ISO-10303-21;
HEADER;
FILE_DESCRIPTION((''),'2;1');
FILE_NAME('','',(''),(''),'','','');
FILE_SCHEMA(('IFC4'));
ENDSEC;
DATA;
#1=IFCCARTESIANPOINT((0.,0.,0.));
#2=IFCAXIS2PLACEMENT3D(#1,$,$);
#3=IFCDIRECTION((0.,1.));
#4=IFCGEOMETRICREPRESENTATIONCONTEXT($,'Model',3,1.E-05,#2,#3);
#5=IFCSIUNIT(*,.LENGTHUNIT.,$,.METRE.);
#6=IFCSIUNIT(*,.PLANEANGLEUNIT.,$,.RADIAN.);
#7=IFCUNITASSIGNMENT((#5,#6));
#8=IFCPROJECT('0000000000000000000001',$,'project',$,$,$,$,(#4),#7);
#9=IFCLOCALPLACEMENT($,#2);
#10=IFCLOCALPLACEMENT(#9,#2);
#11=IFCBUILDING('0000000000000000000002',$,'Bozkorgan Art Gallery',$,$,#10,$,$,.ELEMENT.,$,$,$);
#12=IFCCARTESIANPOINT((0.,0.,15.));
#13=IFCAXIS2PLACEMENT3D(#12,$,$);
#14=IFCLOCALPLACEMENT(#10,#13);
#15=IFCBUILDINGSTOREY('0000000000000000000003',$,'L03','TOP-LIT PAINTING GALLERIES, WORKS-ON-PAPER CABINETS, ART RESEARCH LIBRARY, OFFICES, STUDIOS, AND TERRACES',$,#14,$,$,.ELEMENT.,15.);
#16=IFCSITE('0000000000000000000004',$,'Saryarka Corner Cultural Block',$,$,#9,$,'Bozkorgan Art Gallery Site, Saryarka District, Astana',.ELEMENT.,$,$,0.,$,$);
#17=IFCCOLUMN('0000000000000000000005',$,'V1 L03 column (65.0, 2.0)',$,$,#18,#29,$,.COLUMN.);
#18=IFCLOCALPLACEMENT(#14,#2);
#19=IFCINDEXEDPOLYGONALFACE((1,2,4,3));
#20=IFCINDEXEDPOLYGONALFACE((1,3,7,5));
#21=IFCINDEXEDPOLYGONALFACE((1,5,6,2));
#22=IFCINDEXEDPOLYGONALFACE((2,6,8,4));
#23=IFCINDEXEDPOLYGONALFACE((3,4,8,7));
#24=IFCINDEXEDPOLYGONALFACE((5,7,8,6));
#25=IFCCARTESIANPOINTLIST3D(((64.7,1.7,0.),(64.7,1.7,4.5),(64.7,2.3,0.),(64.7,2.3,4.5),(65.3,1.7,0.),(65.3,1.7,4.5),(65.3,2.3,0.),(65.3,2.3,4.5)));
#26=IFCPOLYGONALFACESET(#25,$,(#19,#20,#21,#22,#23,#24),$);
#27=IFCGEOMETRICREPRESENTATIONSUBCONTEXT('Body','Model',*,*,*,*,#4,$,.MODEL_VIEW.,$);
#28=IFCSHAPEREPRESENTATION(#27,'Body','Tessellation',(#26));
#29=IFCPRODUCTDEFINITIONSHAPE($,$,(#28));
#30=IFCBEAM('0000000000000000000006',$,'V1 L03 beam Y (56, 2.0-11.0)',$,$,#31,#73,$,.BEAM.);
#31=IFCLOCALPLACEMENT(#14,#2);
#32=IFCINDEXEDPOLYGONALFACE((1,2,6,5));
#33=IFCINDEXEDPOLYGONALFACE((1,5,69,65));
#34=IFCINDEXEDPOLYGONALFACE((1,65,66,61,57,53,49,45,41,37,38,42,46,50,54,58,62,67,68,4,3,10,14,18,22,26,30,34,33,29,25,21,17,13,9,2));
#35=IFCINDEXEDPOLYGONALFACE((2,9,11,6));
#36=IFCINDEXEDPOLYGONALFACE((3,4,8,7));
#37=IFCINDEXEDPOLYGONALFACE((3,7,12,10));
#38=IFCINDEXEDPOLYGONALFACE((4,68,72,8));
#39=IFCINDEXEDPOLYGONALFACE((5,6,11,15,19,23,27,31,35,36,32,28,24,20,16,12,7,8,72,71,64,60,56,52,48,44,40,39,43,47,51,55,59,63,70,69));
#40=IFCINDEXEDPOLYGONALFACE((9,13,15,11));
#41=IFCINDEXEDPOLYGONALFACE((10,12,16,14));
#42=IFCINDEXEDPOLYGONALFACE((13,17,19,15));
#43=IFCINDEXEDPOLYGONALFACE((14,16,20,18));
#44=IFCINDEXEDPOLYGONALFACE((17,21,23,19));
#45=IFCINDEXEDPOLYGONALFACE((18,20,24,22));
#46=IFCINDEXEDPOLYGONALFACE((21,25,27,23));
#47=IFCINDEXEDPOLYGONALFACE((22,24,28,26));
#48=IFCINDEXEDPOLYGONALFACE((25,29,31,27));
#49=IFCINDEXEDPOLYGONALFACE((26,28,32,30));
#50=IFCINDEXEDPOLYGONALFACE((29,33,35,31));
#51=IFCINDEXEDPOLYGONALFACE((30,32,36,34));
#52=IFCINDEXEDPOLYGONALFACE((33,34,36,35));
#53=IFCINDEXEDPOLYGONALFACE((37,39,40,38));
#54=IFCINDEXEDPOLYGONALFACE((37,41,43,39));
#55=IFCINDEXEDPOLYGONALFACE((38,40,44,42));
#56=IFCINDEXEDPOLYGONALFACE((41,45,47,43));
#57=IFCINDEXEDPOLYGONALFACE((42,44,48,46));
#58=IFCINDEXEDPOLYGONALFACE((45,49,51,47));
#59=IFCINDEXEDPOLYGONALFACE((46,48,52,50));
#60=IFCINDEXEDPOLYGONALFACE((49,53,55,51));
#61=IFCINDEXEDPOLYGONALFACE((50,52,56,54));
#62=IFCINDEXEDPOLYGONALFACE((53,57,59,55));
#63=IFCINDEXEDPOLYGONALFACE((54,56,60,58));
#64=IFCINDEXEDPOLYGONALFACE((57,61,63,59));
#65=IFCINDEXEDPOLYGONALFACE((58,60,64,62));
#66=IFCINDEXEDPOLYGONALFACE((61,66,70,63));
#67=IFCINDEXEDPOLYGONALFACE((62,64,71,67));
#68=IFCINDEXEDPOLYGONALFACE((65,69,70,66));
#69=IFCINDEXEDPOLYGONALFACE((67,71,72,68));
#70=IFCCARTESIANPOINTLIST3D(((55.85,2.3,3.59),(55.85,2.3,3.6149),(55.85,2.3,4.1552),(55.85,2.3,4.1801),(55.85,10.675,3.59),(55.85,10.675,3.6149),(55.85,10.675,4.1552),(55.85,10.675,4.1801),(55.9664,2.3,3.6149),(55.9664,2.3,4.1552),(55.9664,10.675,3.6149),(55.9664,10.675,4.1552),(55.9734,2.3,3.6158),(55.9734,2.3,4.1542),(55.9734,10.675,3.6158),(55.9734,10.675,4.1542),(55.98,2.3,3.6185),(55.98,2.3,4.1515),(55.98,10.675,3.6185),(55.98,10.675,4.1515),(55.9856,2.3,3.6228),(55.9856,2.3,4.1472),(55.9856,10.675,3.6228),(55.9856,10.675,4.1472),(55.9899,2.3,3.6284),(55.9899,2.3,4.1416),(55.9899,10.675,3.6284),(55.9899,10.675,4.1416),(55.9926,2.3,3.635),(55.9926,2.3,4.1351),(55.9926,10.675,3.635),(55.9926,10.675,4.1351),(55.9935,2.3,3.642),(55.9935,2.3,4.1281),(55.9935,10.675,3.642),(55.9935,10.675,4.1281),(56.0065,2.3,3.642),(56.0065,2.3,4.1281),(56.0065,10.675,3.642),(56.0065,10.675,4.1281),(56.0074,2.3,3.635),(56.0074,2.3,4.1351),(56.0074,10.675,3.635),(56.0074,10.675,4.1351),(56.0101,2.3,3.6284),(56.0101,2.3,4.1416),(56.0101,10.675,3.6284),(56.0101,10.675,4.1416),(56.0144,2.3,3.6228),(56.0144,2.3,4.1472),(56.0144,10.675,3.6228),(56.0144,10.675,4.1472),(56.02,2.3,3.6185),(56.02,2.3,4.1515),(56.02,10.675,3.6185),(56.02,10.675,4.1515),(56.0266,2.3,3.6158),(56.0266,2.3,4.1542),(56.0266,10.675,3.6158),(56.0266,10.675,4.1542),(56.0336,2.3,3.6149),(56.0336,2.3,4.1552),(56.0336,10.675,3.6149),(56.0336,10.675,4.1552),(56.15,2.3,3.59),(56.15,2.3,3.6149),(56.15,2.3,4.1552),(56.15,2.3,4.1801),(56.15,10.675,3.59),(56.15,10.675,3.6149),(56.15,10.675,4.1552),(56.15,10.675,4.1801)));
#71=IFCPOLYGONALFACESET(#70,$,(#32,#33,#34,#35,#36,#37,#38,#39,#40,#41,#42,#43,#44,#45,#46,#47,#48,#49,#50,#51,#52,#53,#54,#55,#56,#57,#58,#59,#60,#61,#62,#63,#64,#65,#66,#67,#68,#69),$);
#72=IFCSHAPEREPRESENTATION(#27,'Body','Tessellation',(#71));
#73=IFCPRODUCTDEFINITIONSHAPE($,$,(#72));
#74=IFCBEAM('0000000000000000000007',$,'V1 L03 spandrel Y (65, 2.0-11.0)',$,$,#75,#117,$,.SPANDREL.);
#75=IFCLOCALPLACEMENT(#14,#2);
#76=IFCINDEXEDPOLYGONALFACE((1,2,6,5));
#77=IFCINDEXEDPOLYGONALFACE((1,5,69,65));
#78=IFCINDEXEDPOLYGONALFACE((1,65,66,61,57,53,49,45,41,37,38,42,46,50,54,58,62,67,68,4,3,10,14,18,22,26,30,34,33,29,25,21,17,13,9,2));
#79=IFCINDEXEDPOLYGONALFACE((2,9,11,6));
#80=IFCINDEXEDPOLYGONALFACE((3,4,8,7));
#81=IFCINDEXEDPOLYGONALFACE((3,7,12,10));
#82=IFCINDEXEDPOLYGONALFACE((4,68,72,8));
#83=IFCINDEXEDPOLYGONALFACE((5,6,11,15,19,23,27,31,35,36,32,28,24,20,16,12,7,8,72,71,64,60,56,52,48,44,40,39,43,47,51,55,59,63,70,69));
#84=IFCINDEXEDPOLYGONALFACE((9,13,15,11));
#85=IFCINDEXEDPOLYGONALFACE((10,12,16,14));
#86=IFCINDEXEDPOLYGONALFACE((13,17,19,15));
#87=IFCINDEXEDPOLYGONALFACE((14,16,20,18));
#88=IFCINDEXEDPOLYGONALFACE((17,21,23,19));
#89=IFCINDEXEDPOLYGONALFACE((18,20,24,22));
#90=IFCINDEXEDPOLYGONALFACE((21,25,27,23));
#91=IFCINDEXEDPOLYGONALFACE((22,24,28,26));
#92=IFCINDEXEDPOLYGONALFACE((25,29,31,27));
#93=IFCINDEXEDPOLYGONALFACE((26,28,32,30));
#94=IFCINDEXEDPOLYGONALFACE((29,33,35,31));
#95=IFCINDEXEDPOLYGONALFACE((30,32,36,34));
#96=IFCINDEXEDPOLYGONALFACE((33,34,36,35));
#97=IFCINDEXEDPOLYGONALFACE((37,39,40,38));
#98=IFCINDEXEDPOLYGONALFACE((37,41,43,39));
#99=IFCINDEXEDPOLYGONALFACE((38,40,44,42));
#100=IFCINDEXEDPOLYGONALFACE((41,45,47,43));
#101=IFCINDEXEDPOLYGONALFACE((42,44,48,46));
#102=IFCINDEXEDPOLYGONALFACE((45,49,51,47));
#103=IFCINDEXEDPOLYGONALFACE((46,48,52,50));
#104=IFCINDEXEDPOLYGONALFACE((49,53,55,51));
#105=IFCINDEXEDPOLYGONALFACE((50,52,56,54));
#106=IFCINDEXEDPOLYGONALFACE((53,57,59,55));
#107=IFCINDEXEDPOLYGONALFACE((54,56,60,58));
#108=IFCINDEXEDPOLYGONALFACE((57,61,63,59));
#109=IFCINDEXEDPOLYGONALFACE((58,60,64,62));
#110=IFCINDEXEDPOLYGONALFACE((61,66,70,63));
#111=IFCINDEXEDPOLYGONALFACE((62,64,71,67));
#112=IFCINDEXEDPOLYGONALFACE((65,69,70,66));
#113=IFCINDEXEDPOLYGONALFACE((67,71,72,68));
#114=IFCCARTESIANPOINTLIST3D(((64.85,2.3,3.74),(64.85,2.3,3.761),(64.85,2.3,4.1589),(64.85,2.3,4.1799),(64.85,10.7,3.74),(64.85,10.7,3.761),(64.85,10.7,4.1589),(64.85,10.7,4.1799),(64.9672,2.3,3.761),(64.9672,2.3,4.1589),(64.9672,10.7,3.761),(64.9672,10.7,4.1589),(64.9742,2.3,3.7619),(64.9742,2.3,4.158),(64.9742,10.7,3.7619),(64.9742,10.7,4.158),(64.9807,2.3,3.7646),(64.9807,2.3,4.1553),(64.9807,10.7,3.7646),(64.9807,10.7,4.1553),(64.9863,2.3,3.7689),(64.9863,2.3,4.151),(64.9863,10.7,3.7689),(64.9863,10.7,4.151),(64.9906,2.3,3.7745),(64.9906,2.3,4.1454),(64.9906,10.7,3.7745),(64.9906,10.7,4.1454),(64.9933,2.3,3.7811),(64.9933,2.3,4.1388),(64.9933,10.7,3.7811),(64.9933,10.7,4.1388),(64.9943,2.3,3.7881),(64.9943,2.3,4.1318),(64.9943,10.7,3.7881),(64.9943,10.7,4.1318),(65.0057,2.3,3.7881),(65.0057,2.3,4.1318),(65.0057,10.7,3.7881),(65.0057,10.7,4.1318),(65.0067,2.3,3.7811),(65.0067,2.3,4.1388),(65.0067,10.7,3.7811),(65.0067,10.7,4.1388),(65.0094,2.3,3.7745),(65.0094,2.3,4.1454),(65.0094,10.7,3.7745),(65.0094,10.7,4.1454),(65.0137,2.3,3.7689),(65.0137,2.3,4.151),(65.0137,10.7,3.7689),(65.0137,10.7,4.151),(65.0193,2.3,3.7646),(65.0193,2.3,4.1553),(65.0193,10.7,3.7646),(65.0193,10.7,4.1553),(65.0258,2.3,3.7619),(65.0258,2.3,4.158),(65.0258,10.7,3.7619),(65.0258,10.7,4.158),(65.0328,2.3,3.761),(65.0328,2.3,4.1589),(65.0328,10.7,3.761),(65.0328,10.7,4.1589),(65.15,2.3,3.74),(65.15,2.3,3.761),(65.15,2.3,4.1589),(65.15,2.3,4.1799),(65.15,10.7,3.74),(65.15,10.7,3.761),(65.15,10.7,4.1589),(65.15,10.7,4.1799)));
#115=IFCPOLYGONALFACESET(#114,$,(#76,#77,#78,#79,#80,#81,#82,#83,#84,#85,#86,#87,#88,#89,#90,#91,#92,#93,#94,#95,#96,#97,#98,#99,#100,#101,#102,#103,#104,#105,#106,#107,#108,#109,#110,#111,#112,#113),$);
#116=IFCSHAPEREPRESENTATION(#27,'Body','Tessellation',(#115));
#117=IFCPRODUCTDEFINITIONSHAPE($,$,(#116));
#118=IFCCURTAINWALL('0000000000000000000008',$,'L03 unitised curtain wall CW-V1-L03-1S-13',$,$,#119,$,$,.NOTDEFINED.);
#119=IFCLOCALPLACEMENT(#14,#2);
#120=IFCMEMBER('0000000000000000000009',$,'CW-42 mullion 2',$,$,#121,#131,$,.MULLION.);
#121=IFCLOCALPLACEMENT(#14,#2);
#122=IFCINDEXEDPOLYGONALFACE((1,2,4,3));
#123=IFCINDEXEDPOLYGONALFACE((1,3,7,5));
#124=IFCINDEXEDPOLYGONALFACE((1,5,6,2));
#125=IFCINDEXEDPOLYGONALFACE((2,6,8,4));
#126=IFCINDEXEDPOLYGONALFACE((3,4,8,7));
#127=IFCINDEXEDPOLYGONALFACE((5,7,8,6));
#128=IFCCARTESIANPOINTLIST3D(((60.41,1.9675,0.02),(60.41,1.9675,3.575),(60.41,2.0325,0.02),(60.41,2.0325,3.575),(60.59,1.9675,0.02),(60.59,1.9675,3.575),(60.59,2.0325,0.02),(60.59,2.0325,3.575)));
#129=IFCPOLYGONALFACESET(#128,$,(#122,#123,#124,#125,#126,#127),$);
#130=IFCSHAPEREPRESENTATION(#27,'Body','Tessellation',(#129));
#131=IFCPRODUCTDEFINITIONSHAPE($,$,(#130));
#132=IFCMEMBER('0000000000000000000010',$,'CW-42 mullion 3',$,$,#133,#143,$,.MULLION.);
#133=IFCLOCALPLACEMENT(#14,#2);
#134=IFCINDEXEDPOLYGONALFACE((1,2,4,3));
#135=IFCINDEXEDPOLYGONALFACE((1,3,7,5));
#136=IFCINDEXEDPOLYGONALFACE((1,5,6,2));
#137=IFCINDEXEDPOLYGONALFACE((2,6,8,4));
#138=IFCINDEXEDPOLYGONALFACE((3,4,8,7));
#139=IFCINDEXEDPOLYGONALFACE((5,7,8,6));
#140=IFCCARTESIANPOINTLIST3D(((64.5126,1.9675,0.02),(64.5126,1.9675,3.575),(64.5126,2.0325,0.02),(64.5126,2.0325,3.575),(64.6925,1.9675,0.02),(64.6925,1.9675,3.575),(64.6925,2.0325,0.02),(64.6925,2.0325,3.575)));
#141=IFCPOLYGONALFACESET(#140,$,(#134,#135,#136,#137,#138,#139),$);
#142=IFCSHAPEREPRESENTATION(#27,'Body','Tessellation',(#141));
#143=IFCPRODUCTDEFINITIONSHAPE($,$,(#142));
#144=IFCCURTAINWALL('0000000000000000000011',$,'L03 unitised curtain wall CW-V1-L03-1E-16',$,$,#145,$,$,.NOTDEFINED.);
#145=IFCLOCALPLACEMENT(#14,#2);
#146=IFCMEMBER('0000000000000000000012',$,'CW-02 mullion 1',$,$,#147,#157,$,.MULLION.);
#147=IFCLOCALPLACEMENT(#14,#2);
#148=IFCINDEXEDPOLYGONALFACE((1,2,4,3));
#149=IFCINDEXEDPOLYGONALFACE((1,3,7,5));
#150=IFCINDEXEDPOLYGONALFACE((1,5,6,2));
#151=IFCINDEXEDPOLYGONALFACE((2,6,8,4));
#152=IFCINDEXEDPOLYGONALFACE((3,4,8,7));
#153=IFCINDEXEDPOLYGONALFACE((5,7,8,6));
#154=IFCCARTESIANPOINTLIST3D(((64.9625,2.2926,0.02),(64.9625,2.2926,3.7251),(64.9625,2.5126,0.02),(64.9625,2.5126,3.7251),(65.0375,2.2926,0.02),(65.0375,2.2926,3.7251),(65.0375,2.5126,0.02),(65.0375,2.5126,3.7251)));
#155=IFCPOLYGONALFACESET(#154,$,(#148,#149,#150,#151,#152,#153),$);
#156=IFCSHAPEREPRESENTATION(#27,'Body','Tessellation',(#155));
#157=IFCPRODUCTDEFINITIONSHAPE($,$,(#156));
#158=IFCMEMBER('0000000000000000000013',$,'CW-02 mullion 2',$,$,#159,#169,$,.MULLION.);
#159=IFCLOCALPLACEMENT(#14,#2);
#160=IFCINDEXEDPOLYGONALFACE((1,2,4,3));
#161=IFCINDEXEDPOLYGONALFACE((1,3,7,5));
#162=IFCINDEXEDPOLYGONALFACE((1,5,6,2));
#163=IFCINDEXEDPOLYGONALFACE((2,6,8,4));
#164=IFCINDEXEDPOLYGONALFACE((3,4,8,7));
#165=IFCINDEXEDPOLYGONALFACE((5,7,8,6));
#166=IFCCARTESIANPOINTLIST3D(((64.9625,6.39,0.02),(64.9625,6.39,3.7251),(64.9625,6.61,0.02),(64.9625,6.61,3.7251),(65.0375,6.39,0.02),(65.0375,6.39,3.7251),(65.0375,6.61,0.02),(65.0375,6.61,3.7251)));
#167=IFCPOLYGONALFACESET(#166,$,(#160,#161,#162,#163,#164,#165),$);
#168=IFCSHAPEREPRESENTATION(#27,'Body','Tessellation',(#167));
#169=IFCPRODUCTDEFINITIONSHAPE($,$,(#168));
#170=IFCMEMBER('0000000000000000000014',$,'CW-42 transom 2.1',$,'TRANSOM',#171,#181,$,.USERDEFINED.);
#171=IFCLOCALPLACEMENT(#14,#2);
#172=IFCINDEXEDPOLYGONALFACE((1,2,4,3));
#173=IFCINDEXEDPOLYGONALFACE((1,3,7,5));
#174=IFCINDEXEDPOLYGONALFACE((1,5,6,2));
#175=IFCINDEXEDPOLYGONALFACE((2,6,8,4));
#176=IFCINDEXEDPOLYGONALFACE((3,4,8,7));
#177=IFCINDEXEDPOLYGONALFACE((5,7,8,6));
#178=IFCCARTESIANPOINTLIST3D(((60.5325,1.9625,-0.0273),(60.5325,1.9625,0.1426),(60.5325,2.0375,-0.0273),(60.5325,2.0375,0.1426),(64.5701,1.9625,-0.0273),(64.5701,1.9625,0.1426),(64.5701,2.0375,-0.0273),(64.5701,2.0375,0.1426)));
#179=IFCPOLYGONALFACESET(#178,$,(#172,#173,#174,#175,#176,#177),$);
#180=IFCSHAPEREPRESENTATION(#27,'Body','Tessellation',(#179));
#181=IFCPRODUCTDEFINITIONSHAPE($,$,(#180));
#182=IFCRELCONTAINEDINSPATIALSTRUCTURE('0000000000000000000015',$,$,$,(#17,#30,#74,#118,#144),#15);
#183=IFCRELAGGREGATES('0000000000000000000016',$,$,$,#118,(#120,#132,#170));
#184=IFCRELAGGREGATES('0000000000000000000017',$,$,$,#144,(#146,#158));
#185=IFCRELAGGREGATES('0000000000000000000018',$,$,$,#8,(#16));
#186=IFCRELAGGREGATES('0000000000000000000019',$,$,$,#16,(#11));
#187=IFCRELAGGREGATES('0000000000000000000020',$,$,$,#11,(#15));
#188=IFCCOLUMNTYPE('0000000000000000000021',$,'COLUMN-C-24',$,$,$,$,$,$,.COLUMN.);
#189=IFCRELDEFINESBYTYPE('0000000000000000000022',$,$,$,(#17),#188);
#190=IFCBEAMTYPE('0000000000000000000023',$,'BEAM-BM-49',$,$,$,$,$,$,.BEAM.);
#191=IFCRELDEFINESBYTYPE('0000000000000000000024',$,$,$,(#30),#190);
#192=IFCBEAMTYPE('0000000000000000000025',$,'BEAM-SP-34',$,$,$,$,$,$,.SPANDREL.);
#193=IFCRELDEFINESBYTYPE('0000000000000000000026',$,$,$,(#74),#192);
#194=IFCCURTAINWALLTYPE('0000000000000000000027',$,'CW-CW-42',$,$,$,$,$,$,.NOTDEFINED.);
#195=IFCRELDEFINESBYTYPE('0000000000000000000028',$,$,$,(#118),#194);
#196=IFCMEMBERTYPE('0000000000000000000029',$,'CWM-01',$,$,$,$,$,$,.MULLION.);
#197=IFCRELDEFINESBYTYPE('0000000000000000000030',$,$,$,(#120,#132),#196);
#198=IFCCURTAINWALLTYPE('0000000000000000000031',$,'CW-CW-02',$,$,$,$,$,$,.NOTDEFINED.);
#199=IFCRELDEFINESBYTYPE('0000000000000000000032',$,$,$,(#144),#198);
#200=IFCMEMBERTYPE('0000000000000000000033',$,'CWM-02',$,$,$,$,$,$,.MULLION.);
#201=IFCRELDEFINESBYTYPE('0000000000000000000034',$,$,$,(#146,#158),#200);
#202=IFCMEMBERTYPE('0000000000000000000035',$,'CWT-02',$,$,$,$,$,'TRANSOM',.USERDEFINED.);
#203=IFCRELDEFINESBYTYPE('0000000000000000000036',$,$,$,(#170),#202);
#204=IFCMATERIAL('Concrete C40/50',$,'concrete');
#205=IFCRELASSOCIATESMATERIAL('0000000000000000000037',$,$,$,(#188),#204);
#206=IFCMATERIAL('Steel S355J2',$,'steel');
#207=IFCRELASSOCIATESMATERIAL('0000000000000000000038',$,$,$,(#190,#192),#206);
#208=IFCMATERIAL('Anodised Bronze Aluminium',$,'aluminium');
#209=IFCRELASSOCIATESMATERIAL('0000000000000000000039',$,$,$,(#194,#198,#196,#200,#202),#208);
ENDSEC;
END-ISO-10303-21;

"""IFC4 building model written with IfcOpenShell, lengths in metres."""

from ifc_helpers import new_model, si_unit, direction, frame, origin, origin_2d, place, context, subcontext, project, spatial, rectangle, i_section, extrude, material, material_profile, profile_set, type_object, element, aggregate, save


model = new_model("IFC4")

# Units and contexts
model_context = context("Model", 3, precision=1e-05, world=origin(), true_north=direction((0.0, 1.0)))
body_context = subcontext(model_context, "Body", "Model", "MODEL_VIEW")
ifc_project = project(units=[si_unit("LENGTHUNIT", "METRE"), si_unit("PLANEANGLEUNIT", "RADIAN")], contexts=[model_context])

# Site, building, storey
site_placement = place(None, origin())
site = spatial("IfcSite", under=ifc_project, at=site_placement, Name="Saryarka Corner Cultural Block", LongName="Bozkorgan Art Gallery Site, Saryarka District, Astana", CompositionType="ELEMENT", RefElevation=0.0)
building_placement = place(site_placement, origin())
building = spatial("IfcBuilding", under=site, at=building_placement, Name="Bozkorgan Art Gallery", CompositionType="ELEMENT")
storey_placement = place(building_placement, frame((0.0, 0.0, 15.0)))
storey = spatial("IfcBuildingStorey", under=building, at=storey_placement, Name="L03", Description="TOP-LIT PAINTING GALLERIES, WORKS-ON-PAPER CABINETS, ART RESEARCH LIBRARY, OFFICES, STUDIOS, AND TERRACES", CompositionType="ELEMENT", Elevation=15.0)

# Column
ifc_material_1 = material(Name="Concrete C40/50", Category="concrete")
ifc_material_profile_1 = material_profile(ifc_material_1, rectangle(XDim=0.6001, YDim=0.6001, at=origin_2d()), Name="RC 600x600")
ifc_profile_set_1 = profile_set([ifc_material_profile_1], Name="Concrete C40/50")
column_type = type_object("IfcColumnType", Name="COLUMN-C-24", PredefinedType="COLUMN", material=ifc_profile_set_1)
column_placement = place(storey_placement, frame((65.0, 2.0, 0.0), z_axis=(0.0, 0.0, 1.0), x_axis=(1.0, 0.0, 0.0)))
element("IfcColumn", 1, at=column_placement, inside=storey, type_object=column_type, Name="V1 L03 column (65.0, 2.0)", PredefinedType="COLUMN", context=body_context, shape_type="SweptSolid", body=[
    extrude(rectangle(XDim=0.6001, YDim=0.6001, at=origin_2d()), origin(), (0.0, 0.0, 1.0), 4.5),
])

# Beams
ifc_material_2 = material(Name="Steel S355J2", Category="steel")
ifc_material_profile_2 = material_profile(ifc_material_2, i_section(OverallWidth=0.3, OverallDepth=0.5901, WebThickness=0.0129, FlangeThickness=0.0249, FilletRadius=0.0271, at=origin_2d()), Name="HEA 600")
ifc_profile_set_2 = profile_set([ifc_material_profile_2], Name="Steel S355J2")
beam_type_1 = type_object("IfcBeamType", Name="BEAM-BM-49", PredefinedType="BEAM", material=ifc_profile_set_2)
beam_1_placement = place(storey_placement, frame((56.0, 2.3, 3.885), z_axis=(0.0, 1.0, 0.0), x_axis=(-1.0, 0.0, 0.0)))
element("IfcBeam", 2, at=beam_1_placement, inside=storey, type_object=beam_type_1, Name="V1 L03 beam Y (56, 2.0-11.0)", PredefinedType="BEAM", context=body_context, shape_type="SweptSolid", body=[
    extrude(i_section(OverallWidth=0.3, OverallDepth=0.5901, WebThickness=0.0129, FlangeThickness=0.0249, FilletRadius=0.0271, at=origin_2d()), origin(), (0.0, 0.0, 1.0), 8.375),
])
ifc_material_profile_3 = material_profile(ifc_material_2, i_section(OverallWidth=0.3, OverallDepth=0.4399, WebThickness=0.0115, FlangeThickness=0.021, FilletRadius=0.0271, at=origin_2d()), Name="HEA 450")
ifc_profile_set_3 = profile_set([ifc_material_profile_3], Name="Steel S355J2")
beam_type_2 = type_object("IfcBeamType", Name="BEAM-SP-34", PredefinedType="SPANDREL", material=ifc_profile_set_3)
beam_2_placement = place(storey_placement, frame((65.0, 2.3, 3.96), z_axis=(0.0, 1.0, 0.0), x_axis=(-1.0, 0.0, 0.0)))
element("IfcBeam", 3, at=beam_2_placement, inside=storey, type_object=beam_type_2, Name="V1 L03 spandrel Y (65, 2.0-11.0)", PredefinedType="SPANDREL", context=body_context, shape_type="SweptSolid", body=[
    extrude(i_section(OverallWidth=0.3, OverallDepth=0.4399, WebThickness=0.0115, FlangeThickness=0.021, FilletRadius=0.0271, at=origin_2d()), origin(), (0.0, 0.0, 1.0), 8.3999),
])

# Curtain walls, members
ifc_material_3 = material(Name="Anodised Bronze Aluminium", Category="aluminium")
curtain_wall_type_1 = type_object("IfcCurtainWallType", Name="CW-CW-42", PredefinedType="NOTDEFINED", material=ifc_material_3)
curtain_wall_1_placement = place(storey_placement, origin())
curtain_wall_1 = element("IfcCurtainWall", 4, at=curtain_wall_1_placement, inside=storey, type_object=curtain_wall_type_1, Name="L03 unitised curtain wall CW-V1-L03-1S-13", PredefinedType="NOTDEFINED")
ifc_material_profile_4 = material_profile(ifc_material_3, rectangle(XDim=0.0649, YDim=0.1799, at=origin_2d()), Name="ALU MULLION 65x180")
ifc_profile_set_4 = profile_set([ifc_material_profile_4], Name="Anodised Bronze Aluminium")
member_type_1 = type_object("IfcMemberType", Name="CWM-01", PredefinedType="MULLION", material=ifc_profile_set_4)
member_1_placement = place(storey_placement, frame((60.5, 2.0, 0.02), z_axis=(0.0, 0.0, 1.0), x_axis=(0.0, 1.0, 0.0)))
member_1 = element("IfcMember", 5, at=member_1_placement, type_object=member_type_1, Name="CW-42 mullion 2", PredefinedType="MULLION", context=body_context, shape_type="SweptSolid", body=[
    extrude(rectangle(XDim=0.0649, YDim=0.1799, at=origin_2d()), origin(), (0.0, 0.0, 1.0), 3.5549),
])
member_2_placement = place(storey_placement, frame((64.6025, 2.0, 0.02), z_axis=(0.0, 0.0, 1.0), x_axis=(0.0, 1.0, 0.0)))
member_2 = element("IfcMember", 6, at=member_2_placement, type_object=member_type_1, Name="CW-42 mullion 3", PredefinedType="MULLION", context=body_context, shape_type="SweptSolid", body=[
    extrude(rectangle(XDim=0.0649, YDim=0.1799, at=origin_2d()), origin(), (0.0, 0.0, 1.0), 3.5549),
])
curtain_wall_type_2 = type_object("IfcCurtainWallType", Name="CW-CW-02", PredefinedType="NOTDEFINED", material=ifc_material_3)
curtain_wall_2_placement = place(storey_placement, origin())
curtain_wall_2 = element("IfcCurtainWall", 7, at=curtain_wall_2_placement, inside=storey, type_object=curtain_wall_type_2, Name="L03 unitised curtain wall CW-V1-L03-1E-16", PredefinedType="NOTDEFINED")
ifc_material_profile_5 = material_profile(ifc_material_3, rectangle(XDim=0.075, YDim=0.22, at=origin_2d()), Name="ALU MULLION 75x220")
ifc_profile_set_5 = profile_set([ifc_material_profile_5], Name="Anodised Bronze Aluminium")
member_type_2 = type_object("IfcMemberType", Name="CWM-02", PredefinedType="MULLION", material=ifc_profile_set_5)
member_3_placement = place(storey_placement, frame((65.0, 2.4026, 0.02), z_axis=(0.0, 0.0, 1.0), x_axis=(-1.0, 0.0, 0.0)))
member_3 = element("IfcMember", 8, at=member_3_placement, type_object=member_type_2, Name="CW-02 mullion 1", PredefinedType="MULLION", context=body_context, shape_type="SweptSolid", body=[
    extrude(rectangle(XDim=0.075, YDim=0.22, at=origin_2d()), origin(), (0.0, 0.0, 1.0), 3.7051),
])
member_4_placement = place(storey_placement, frame((65.0, 6.5, 0.02), z_axis=(0.0, 0.0, 1.0), x_axis=(-1.0, 0.0, 0.0)))
member_4 = element("IfcMember", 9, at=member_4_placement, type_object=member_type_2, Name="CW-02 mullion 2", PredefinedType="MULLION", context=body_context, shape_type="SweptSolid", body=[
    extrude(rectangle(XDim=0.075, YDim=0.22, at=origin_2d()), origin(), (0.0, 0.0, 1.0), 3.7051),
])

# Member
ifc_material_profile_6 = material_profile(ifc_material_3, rectangle(XDim=0.075, YDim=0.1699, at=origin_2d()), Name="ALU TRANSOM 75x170")
ifc_profile_set_6 = profile_set([ifc_material_profile_6], Name="Anodised Bronze Aluminium")
member_type_3 = type_object("IfcMemberType", Name="CWT-02", ElementType="TRANSOM", PredefinedType="USERDEFINED", material=ifc_profile_set_6)
member_5_placement = place(storey_placement, frame((60.5325, 2.0, 0.0576), z_axis=(1.0, 0.0, 0.0), x_axis=(0.0, 1.0, 0.0)))
member_5 = element("IfcMember", 10, at=member_5_placement, type_object=member_type_3, Name="CW-42 transom 2.1", ObjectType="TRANSOM", PredefinedType="USERDEFINED", context=body_context, shape_type="SweptSolid", body=[
    extrude(rectangle(XDim=0.075, YDim=0.1699, at=origin_2d()), origin(), (0.0, 0.0, 1.0), 4.0376),
])

aggregate(curtain_wall_1, [member_1, member_2, member_5])
aggregate(curtain_wall_2, [member_3, member_4])

save(model, "model.ifc")
